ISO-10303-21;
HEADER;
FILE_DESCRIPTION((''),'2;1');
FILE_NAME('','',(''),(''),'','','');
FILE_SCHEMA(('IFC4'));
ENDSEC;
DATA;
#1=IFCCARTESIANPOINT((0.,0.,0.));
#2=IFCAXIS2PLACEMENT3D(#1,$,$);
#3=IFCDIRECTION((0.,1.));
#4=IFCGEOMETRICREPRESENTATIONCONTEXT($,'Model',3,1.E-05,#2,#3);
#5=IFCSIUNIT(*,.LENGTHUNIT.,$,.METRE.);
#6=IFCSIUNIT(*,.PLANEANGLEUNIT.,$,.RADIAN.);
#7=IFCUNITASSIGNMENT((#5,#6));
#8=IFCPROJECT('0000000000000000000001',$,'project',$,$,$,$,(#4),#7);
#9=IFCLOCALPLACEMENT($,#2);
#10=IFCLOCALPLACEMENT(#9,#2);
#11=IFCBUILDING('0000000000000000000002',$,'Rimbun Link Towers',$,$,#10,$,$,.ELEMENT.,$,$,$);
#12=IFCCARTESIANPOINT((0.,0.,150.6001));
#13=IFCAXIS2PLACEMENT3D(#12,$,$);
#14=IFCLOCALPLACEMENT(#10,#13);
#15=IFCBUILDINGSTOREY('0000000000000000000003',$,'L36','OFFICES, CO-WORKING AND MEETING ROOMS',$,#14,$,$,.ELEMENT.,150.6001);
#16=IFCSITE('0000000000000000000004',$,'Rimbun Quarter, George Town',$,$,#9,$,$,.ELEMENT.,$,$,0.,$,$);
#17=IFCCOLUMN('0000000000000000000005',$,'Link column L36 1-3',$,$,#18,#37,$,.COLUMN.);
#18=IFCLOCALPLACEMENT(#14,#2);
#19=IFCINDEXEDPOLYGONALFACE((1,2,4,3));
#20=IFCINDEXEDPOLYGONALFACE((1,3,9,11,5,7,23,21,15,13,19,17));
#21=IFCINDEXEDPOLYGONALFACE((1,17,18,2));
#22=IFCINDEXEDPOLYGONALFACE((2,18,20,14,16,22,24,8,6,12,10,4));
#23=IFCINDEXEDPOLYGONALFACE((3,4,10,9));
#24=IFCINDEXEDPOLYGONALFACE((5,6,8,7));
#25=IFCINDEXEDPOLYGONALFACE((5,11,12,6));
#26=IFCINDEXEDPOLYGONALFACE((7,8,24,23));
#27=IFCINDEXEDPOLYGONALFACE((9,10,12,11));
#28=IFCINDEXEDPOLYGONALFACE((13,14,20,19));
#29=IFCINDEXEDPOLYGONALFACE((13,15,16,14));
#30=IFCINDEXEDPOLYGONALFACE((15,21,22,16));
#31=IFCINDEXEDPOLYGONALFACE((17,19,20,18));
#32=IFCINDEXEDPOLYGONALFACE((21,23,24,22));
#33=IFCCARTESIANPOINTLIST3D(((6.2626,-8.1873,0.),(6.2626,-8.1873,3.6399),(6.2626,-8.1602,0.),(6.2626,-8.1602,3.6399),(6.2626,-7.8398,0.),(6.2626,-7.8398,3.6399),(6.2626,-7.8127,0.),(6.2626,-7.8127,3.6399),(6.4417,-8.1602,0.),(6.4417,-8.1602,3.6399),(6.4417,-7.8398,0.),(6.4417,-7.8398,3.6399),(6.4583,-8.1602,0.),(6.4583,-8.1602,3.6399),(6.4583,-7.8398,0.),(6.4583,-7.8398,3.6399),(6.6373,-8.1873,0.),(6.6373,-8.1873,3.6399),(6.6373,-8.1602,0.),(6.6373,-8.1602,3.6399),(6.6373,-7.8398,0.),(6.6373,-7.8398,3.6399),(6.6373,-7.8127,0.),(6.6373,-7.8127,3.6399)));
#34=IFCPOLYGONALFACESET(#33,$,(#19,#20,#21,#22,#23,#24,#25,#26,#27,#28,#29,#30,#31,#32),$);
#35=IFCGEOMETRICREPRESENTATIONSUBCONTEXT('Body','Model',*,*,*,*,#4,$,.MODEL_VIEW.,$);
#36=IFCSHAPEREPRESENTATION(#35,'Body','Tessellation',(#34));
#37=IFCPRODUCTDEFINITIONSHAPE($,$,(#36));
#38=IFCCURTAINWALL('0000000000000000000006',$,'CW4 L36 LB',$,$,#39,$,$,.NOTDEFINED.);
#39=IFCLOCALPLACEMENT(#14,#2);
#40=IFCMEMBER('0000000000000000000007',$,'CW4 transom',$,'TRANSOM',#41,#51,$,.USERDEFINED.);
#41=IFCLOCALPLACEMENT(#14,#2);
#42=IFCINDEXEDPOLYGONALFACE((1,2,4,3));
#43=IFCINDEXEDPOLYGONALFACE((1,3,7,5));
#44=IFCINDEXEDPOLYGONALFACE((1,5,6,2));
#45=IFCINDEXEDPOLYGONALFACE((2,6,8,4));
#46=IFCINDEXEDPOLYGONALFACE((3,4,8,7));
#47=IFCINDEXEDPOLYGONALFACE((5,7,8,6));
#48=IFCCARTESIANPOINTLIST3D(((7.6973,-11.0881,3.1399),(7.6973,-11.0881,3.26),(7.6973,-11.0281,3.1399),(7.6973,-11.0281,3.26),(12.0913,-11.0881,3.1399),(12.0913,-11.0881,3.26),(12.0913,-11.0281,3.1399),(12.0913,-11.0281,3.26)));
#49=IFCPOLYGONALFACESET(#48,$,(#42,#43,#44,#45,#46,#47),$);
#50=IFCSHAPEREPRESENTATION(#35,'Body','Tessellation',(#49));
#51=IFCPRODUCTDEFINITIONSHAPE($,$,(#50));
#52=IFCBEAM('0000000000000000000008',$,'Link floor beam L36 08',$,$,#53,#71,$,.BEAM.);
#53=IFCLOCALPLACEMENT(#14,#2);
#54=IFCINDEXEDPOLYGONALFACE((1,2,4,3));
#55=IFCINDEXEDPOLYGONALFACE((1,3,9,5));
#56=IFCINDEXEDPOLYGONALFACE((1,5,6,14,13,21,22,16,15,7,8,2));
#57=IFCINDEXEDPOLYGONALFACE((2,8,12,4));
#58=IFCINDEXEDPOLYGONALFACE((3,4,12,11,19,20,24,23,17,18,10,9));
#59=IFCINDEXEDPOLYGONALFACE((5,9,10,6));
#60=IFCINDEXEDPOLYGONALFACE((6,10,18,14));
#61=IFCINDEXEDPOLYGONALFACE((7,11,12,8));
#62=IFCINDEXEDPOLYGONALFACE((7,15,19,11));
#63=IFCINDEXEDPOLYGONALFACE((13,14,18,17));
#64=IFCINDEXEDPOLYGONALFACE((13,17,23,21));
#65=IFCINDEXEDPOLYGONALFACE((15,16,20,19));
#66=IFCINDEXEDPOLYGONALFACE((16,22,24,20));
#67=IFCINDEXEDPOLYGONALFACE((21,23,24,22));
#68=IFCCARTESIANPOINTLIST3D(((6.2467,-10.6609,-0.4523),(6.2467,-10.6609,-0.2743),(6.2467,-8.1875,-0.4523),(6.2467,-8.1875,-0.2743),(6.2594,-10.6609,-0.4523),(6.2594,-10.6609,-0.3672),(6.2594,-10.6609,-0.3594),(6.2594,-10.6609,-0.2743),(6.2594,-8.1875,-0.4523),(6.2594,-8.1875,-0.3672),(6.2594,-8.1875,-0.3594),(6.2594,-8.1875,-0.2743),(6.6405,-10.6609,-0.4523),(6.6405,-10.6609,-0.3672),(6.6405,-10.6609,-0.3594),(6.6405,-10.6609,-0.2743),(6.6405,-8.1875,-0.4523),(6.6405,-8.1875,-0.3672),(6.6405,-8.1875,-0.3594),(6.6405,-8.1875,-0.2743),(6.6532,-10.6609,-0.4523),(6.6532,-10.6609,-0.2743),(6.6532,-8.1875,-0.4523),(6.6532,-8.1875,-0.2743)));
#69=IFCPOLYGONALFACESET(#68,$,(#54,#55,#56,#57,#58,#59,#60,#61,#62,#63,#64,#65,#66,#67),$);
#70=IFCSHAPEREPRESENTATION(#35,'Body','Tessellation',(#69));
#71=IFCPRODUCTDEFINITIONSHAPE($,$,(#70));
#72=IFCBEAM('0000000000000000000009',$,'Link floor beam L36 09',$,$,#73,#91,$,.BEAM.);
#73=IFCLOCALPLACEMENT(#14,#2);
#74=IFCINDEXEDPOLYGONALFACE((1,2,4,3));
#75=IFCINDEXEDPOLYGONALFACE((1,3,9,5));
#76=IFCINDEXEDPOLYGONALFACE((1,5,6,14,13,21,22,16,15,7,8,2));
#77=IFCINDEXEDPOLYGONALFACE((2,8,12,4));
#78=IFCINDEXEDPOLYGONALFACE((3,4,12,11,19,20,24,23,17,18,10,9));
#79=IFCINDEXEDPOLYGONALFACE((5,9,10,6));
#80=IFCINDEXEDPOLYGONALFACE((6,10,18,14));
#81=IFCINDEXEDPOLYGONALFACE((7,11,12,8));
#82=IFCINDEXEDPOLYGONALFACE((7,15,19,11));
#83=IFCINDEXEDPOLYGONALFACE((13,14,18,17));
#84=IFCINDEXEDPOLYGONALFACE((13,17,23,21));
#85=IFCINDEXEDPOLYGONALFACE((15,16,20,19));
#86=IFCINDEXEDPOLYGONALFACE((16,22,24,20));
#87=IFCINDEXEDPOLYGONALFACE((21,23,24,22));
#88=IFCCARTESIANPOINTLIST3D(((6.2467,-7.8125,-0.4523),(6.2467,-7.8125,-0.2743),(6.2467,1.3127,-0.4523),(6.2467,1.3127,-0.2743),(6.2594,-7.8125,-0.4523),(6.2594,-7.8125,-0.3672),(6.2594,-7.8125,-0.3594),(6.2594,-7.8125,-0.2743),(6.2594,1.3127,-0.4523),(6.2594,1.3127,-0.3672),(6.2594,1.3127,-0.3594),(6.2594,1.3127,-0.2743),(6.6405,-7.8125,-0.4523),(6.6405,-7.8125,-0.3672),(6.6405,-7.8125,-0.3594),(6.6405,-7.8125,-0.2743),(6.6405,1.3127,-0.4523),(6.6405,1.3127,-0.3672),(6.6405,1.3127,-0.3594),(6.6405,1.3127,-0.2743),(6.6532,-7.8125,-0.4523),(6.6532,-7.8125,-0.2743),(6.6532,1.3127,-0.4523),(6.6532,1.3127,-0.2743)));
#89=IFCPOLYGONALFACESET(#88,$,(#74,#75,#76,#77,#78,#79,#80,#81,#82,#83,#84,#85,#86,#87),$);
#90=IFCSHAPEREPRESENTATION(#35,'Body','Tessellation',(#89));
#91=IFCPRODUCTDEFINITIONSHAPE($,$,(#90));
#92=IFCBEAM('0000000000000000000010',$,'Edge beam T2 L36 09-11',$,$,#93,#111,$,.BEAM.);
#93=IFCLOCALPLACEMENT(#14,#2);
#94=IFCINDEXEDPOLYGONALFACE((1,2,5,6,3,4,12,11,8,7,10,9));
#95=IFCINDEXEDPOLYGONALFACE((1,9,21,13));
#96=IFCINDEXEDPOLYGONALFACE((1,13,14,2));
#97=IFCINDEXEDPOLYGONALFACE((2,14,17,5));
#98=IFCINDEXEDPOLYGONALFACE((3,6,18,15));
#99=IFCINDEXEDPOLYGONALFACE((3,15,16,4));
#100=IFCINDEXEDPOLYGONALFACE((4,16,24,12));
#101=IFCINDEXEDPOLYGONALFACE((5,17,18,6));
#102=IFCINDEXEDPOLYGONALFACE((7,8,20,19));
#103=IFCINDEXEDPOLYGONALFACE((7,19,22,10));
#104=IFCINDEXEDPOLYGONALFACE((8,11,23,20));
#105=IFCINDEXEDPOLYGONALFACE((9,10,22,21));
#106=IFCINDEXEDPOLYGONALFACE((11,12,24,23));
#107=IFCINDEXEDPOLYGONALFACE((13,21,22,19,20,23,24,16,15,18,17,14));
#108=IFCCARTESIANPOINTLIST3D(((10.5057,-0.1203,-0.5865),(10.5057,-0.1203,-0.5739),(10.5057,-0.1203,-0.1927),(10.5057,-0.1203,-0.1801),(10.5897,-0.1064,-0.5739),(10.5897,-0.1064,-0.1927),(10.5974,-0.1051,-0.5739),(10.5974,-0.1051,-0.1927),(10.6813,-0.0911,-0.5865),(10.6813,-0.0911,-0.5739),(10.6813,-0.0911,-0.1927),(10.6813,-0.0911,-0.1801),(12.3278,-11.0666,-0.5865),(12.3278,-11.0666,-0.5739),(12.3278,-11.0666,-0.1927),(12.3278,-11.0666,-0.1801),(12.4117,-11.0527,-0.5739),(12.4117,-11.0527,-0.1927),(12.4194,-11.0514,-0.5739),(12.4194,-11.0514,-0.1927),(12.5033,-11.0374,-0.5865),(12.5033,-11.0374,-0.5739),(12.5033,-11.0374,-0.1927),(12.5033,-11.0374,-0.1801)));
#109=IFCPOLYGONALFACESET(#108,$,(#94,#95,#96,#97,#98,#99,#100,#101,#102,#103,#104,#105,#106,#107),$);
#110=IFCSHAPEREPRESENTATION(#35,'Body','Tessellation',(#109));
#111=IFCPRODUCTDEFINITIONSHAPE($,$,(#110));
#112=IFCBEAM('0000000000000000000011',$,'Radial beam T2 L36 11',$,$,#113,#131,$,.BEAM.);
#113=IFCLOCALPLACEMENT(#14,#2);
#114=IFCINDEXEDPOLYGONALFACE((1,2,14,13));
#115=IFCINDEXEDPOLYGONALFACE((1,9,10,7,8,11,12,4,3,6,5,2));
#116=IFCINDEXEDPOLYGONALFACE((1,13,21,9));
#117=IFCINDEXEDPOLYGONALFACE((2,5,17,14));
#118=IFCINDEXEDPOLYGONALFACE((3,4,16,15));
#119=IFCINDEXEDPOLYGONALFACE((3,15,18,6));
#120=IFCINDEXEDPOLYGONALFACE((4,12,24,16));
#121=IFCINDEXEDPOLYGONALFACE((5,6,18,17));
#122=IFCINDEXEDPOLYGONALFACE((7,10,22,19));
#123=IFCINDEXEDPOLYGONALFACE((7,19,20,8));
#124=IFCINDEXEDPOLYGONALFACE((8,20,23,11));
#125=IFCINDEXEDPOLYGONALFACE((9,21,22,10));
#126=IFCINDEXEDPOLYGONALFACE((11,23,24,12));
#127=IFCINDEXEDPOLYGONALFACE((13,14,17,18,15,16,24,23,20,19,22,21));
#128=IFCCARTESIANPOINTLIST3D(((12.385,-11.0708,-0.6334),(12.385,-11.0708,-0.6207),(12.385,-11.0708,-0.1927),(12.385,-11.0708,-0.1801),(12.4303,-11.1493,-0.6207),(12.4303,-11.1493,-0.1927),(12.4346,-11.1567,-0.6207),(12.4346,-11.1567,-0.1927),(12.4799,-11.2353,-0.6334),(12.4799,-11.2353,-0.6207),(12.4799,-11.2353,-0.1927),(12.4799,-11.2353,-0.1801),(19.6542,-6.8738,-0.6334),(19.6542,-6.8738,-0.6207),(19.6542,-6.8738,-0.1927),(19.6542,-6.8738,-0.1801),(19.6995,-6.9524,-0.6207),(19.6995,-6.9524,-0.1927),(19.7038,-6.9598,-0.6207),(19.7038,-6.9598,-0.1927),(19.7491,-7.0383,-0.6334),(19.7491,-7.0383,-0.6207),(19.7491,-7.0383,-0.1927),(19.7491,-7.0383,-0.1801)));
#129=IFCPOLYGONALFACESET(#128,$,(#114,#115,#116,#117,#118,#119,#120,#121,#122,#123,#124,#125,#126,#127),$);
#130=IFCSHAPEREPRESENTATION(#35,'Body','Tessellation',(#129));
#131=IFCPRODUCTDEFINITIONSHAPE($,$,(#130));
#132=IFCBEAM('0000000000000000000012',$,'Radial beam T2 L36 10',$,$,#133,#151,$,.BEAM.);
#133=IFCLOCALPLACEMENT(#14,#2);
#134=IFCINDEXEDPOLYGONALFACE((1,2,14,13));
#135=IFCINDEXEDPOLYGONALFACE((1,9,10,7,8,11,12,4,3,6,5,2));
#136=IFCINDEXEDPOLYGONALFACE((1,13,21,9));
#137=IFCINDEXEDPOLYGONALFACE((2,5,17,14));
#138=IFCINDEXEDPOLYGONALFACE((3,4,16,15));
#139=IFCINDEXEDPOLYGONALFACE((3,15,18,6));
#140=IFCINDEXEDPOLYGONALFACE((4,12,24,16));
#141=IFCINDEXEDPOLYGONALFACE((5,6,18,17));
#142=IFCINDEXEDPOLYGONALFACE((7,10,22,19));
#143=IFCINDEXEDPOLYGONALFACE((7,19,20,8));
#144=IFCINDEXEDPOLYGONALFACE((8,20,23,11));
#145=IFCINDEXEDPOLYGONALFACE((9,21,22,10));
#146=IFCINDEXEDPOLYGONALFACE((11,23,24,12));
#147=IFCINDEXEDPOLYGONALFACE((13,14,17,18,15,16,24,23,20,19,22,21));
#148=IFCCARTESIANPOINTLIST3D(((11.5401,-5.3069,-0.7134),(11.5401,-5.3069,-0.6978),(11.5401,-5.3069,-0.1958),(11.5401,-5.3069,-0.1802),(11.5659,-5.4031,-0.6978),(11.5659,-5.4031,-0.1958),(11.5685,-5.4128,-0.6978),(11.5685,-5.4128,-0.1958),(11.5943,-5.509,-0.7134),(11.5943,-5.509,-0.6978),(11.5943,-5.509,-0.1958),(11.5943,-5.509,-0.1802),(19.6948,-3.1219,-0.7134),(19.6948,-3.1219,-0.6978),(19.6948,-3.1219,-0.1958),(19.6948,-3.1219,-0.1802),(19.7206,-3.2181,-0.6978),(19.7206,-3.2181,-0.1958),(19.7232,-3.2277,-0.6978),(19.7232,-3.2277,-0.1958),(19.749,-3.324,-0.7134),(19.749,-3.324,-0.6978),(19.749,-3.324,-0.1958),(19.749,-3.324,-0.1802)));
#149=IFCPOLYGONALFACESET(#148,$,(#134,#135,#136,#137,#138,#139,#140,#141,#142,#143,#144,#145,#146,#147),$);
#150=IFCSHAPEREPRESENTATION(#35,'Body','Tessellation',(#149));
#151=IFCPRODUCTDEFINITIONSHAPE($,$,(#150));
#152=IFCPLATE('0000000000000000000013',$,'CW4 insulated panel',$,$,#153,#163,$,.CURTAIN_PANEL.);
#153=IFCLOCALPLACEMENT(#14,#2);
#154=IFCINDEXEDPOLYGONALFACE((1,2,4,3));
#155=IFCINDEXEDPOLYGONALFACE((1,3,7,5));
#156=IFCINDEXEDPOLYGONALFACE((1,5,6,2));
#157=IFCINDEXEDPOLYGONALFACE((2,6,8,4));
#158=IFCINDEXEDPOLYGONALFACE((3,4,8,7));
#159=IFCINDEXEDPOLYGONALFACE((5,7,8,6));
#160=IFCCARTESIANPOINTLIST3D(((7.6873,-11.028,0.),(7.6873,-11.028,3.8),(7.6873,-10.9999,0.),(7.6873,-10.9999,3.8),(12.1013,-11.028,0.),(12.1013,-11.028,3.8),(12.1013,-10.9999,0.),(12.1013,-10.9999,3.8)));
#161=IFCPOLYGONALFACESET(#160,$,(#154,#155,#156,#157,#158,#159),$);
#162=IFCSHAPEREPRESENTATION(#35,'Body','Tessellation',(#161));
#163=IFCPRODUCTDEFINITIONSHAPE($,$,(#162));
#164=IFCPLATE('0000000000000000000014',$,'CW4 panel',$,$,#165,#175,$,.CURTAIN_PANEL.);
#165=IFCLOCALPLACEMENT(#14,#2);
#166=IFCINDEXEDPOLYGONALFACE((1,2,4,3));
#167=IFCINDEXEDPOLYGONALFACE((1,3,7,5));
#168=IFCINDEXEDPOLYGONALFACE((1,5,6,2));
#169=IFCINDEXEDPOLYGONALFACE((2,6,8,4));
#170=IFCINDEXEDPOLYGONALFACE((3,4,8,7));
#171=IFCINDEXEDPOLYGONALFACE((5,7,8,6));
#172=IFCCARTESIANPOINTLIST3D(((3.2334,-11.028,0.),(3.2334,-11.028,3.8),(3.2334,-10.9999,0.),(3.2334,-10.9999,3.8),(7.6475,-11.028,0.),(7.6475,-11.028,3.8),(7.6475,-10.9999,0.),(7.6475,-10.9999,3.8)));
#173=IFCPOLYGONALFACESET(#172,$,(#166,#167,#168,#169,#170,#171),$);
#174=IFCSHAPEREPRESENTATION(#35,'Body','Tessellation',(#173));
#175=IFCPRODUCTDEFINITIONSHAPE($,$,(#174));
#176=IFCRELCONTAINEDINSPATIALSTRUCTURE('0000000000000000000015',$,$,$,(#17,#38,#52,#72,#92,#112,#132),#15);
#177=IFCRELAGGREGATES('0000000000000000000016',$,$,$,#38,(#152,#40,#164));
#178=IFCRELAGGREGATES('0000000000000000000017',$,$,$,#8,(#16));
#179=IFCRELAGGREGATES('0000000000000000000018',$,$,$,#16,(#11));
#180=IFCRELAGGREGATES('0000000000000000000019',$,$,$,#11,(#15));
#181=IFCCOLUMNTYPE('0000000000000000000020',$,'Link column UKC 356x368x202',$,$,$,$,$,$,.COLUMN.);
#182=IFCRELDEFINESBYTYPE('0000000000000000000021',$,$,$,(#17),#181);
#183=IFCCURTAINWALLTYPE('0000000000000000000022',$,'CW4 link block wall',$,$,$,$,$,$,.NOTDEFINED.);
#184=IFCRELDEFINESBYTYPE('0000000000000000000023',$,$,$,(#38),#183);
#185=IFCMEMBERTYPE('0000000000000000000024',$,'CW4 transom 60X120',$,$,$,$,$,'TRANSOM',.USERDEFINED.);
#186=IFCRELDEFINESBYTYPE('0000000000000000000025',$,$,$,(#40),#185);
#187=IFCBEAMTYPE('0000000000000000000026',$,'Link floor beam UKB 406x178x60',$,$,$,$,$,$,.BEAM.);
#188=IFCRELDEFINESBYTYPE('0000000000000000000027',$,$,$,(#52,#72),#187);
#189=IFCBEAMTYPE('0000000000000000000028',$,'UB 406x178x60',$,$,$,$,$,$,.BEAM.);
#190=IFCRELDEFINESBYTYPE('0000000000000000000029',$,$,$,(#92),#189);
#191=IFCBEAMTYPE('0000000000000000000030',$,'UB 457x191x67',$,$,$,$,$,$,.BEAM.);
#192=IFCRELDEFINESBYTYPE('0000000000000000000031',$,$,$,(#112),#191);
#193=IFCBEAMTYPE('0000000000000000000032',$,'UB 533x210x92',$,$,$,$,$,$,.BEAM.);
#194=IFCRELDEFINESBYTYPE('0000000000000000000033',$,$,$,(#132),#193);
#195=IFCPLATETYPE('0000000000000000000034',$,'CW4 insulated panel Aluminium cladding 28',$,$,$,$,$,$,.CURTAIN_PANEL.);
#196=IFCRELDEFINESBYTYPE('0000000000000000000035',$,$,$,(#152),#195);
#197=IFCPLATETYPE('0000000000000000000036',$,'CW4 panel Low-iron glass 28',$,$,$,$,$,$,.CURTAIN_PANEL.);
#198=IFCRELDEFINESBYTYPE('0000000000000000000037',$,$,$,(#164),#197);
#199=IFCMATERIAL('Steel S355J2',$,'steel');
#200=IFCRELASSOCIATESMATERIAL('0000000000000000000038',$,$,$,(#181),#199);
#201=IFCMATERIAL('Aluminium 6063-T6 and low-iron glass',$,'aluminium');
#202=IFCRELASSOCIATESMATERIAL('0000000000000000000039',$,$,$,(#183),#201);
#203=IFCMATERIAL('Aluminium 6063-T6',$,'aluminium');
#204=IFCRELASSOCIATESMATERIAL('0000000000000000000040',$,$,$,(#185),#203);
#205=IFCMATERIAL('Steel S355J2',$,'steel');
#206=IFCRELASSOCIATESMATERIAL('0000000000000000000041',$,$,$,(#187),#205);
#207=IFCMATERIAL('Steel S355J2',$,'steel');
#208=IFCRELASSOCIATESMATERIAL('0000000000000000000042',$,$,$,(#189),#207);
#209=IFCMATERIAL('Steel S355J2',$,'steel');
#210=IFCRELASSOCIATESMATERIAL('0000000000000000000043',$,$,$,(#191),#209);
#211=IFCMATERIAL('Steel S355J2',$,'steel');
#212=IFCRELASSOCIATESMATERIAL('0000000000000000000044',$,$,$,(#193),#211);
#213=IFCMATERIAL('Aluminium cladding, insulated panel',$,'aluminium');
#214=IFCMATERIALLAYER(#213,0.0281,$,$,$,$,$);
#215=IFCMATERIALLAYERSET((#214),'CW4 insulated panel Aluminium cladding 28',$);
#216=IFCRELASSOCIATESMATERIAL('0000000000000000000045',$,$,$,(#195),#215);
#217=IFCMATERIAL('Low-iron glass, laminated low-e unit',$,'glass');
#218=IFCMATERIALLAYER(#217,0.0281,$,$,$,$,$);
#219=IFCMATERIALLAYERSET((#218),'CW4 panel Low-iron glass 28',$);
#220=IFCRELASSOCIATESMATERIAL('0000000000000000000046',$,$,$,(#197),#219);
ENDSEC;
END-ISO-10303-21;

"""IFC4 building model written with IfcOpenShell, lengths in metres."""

from ifc_helpers import new_model, si_unit, direction, frame, origin, origin_2d, place, context, subcontext, project, spatial, rectangle, i_section, extrude, material, layer, layer_set, material_profile, profile_set, type_object, element, aggregate, save


model = new_model("IFC4")

# Units and contexts
model_context = context("Model", 3, precision=1e-05, world=origin(), true_north=direction((0.0, 1.0)))
body_context = subcontext(model_context, "Body", "Model", "MODEL_VIEW")
ifc_project = project(units=[si_unit("LENGTHUNIT", "METRE"), si_unit("PLANEANGLEUNIT", "RADIAN")], contexts=[model_context])

# Site, building, storey
site_placement = place(None, origin())
site = spatial("IfcSite", under=ifc_project, at=site_placement, Name="Rimbun Quarter, George Town", CompositionType="ELEMENT", RefElevation=0.0)
building_placement = place(site_placement, origin())
building = spatial("IfcBuilding", under=site, at=building_placement, Name="Rimbun Link Towers", CompositionType="ELEMENT")
storey_placement = place(building_placement, frame((0.0, 0.0, 150.6001)))
storey = spatial("IfcBuildingStorey", under=building, at=storey_placement, Name="L36", Description="OFFICES, CO-WORKING AND MEETING ROOMS", CompositionType="ELEMENT", Elevation=150.6001)

# Column
ifc_material_1 = material(Name="Steel S355J2", Category="steel")
ifc_material_profile_1 = material_profile(ifc_material_1, i_section(OverallWidth=0.3748, OverallDepth=0.3745, WebThickness=0.0166, FlangeThickness=0.0271, at=origin_2d()), Name="UKC 356x368x202")
ifc_profile_set_1 = profile_set([ifc_material_profile_1], Name="Steel S355J2")
column_type = type_object("IfcColumnType", Name="Link column UKC 356x368x202", PredefinedType="COLUMN", material=ifc_profile_set_1)
column_placement = place(storey_placement, frame((6.45, -8.0, 0.0), z_axis=(0.0, 0.0, 1.0), x_axis=(1.0, 0.0, 0.0)))
element("IfcColumn", 1, at=column_placement, inside=storey, type_object=column_type, Name="Link column L36 1-3", PredefinedType="COLUMN", context=body_context, shape_type="SweptSolid", body=[
    extrude(i_section(OverallWidth=0.3748, OverallDepth=0.3745, WebThickness=0.0166, FlangeThickness=0.0271, at=origin_2d()), origin(), (0.0, 0.0, 1.0), 3.6399),
])

# Curtain wall, member
ifc_material_2 = material(Name="Aluminium 6063-T6 and low-iron glass", Category="aluminium")
curtain_wall_type = type_object("IfcCurtainWallType", Name="CW4 link block wall", PredefinedType="NOTDEFINED", material=ifc_material_2)
curtain_wall_placement = place(storey_placement, origin())
curtain_wall = element("IfcCurtainWall", 2, at=curtain_wall_placement, inside=storey, type_object=curtain_wall_type, Name="CW4 L36 LB", PredefinedType="NOTDEFINED")
ifc_material_3 = material(Name="Aluminium 6063-T6", Category="aluminium")
ifc_material_profile_2 = material_profile(ifc_material_3, rectangle(XDim=0.0601, YDim=0.1201, at=origin_2d()), Name="TRANSOM 60X120")
ifc_profile_set_2 = profile_set([ifc_material_profile_2], Name="Aluminium 6063-T6")
member_type = type_object("IfcMemberType", Name="CW4 transom 60X120", ElementType="TRANSOM", PredefinedType="USERDEFINED", material=ifc_profile_set_2)
member_placement = place(storey_placement, frame((12.0913, -11.0581, 3.2), z_axis=(-1.0, 0.0, 0.0), x_axis=(0.0, -1.0, 0.0)))
member = element("IfcMember", 3, at=member_placement, type_object=member_type, Name="CW4 transom", ObjectType="TRANSOM", PredefinedType="USERDEFINED", context=body_context, shape_type="SweptSolid", body=[
    extrude(rectangle(XDim=0.0601, YDim=0.1201, at=origin_2d()), origin(), (0.0, 0.0, 1.0), 4.394),
])

# Beams
ifc_material_4 = material(Name="Steel S355J2", Category="steel")
ifc_material_profile_3 = material_profile(ifc_material_4, i_section(OverallWidth=0.178, OverallDepth=0.4065, WebThickness=0.0078, FlangeThickness=0.0127, at=origin_2d()), Name="UKB 406x178x60")
ifc_profile_set_3 = profile_set([ifc_material_profile_3], Name="Steel S355J2")
beam_type_1 = type_object("IfcBeamType", Name="Link floor beam UKB 406x178x60", PredefinedType="BEAM", material=ifc_profile_set_3)
beam_1_placement = place(storey_placement, frame((6.45, -10.6609, -0.3633), z_axis=(0.0, 1.0, 0.0), x_axis=(0.0, 0.0, 1.0)))
element("IfcBeam", 4, at=beam_1_placement, inside=storey, type_object=beam_type_1, Name="Link floor beam L36 08", PredefinedType="BEAM", context=body_context, shape_type="SweptSolid", body=[
    extrude(i_section(OverallWidth=0.178, OverallDepth=0.4065, WebThickness=0.0078, FlangeThickness=0.0127, at=origin_2d()), origin(), (0.0, 0.0, 1.0), 2.4734),
])
beam_2_placement = place(storey_placement, frame((6.45, -7.8125, -0.3633), z_axis=(0.0, 1.0, 0.0), x_axis=(0.0, 0.0, 1.0)))
element("IfcBeam", 5, at=beam_2_placement, inside=storey, type_object=beam_type_1, Name="Link floor beam L36 09", PredefinedType="BEAM", context=body_context, shape_type="SweptSolid", body=[
    extrude(i_section(OverallWidth=0.178, OverallDepth=0.4065, WebThickness=0.0078, FlangeThickness=0.0127, at=origin_2d()), origin(), (0.0, 0.0, 1.0), 9.1252),
])
ifc_material_5 = material(Name="Steel S355J2", Category="steel")
ifc_material_profile_4 = material_profile(ifc_material_5, i_section(OverallWidth=0.178, OverallDepth=0.4065, WebThickness=0.0078, FlangeThickness=0.0127, at=origin_2d()), Name="UB 406x178x60")
ifc_profile_set_4 = profile_set([ifc_material_profile_4], Name="Steel S355J2")
beam_type_2 = type_object("IfcBeamType", Name="UB 406x178x60", PredefinedType="BEAM", material=ifc_profile_set_4)
beam_3_placement = place(storey_placement, frame((10.5935, -0.1057, -0.3833), z_axis=(0.164192, -0.986428, 0.0), x_axis=(0.986428, 0.164192, 0.0)))
element("IfcBeam", 6, at=beam_3_placement, inside=storey, type_object=beam_type_2, Name="Edge beam T2 L36 09-11", PredefinedType="BEAM", context=body_context, shape_type="SweptSolid", body=[
    extrude(i_section(OverallWidth=0.178, OverallDepth=0.4065, WebThickness=0.0078, FlangeThickness=0.0127, at=origin_2d()), origin(), (0.0, 0.0, 1.0), 11.0969),
])
ifc_material_6 = material(Name="Steel S355J2", Category="steel")
ifc_material_profile_5 = material_profile(ifc_material_6, i_section(OverallWidth=0.1899, OverallDepth=0.4534, WebThickness=0.0085, FlangeThickness=0.0127, at=origin_2d()), Name="UB 457x191x67")
ifc_profile_set_5 = profile_set([ifc_material_profile_5], Name="Steel S355J2")
beam_type_3 = type_object("IfcBeamType", Name="UB 457x191x67", PredefinedType="BEAM", material=ifc_profile_set_5)
beam_4_placement = place(storey_placement, frame((19.7017, -6.9561, -0.4067), z_axis=(-0.86602, -0.500009, 0.0), x_axis=(0.500009, -0.86602, 0.0)))
element("IfcBeam", 7, at=beam_4_placement, inside=storey, type_object=beam_type_3, Name="Radial beam T2 L36 11", PredefinedType="BEAM", context=body_context, shape_type="SweptSolid", body=[
    extrude(i_section(OverallWidth=0.1899, OverallDepth=0.4534, WebThickness=0.0085, FlangeThickness=0.0127, at=origin_2d()), origin(), (0.0, 0.0, 1.0), 8.3938),
])
ifc_material_7 = material(Name="Steel S355J2", Category="steel")
ifc_material_profile_6 = material_profile(ifc_material_7, i_section(OverallWidth=0.2092, OverallDepth=0.5332, WebThickness=0.01, FlangeThickness=0.0156, at=origin_2d()), Name="UB 533x210x92")
ifc_profile_set_6 = profile_set([ifc_material_profile_6], Name="Steel S355J2")
beam_type_4 = type_object("IfcBeamType", Name="UB 533x210x92", PredefinedType="BEAM", material=ifc_profile_set_6)
beam_5_placement = place(storey_placement, frame((19.7219, -3.2229, -0.4468), z_axis=(-0.965926, -0.258818, 0.0), x_axis=(0.258818, -0.965926, 0.0)))
element("IfcBeam", 8, at=beam_5_placement, inside=storey, type_object=beam_type_4, Name="Radial beam T2 L36 10", PredefinedType="BEAM", context=body_context, shape_type="SweptSolid", body=[
    extrude(i_section(OverallWidth=0.2092, OverallDepth=0.5332, WebThickness=0.01, FlangeThickness=0.0156, at=origin_2d()), origin(), (0.0, 0.0, 1.0), 8.4424),
])

# Plates
ifc_material_8 = material(Name="Aluminium cladding, insulated panel", Category="aluminium")
ifc_layer_1 = layer(ifc_material_8, 0.0281)
ifc_layer_set_1 = layer_set([ifc_layer_1], Name="CW4 insulated panel Aluminium cladding 28")
plate_type_1 = type_object("IfcPlateType", Name="CW4 insulated panel Aluminium cladding 28", PredefinedType="CURTAIN_PANEL", material=ifc_layer_set_1)
plate_1_placement = place(storey_placement, frame((9.8943, -11.0139, 0.0), z_axis=(0.0, 0.0, 1.0), x_axis=(-1.0, 0.0, 0.0)))
plate_1 = element("IfcPlate", 9, at=plate_1_placement, type_object=plate_type_1, Name="CW4 insulated panel", PredefinedType="CURTAIN_PANEL", context=body_context, shape_type="SweptSolid", body=[
    extrude(rectangle(XDim=4.4141, YDim=0.0281, at=origin_2d()), origin(), (0.0, 0.0, 1.0), 3.8),
])
ifc_material_9 = material(Name="Low-iron glass, laminated low-e unit", Category="glass")
ifc_layer_2 = layer(ifc_material_9, 0.0281)
ifc_layer_set_2 = layer_set([ifc_layer_2], Name="CW4 panel Low-iron glass 28")
plate_type_2 = type_object("IfcPlateType", Name="CW4 panel Low-iron glass 28", PredefinedType="CURTAIN_PANEL", material=ifc_layer_set_2)
plate_2_placement = place(storey_placement, frame((5.4404, -11.0139, 0.0), z_axis=(0.0, 0.0, 1.0), x_axis=(-1.0, 0.0, 0.0)))
plate_2 = element("IfcPlate", 10, at=plate_2_placement, type_object=plate_type_2, Name="CW4 panel", PredefinedType="CURTAIN_PANEL", context=body_context, shape_type="SweptSolid", body=[
    extrude(rectangle(XDim=4.4141, YDim=0.0281, at=origin_2d()), origin(), (0.0, 0.0, 1.0), 3.8),
])
aggregate(curtain_wall, [plate_1, member, plate_2])

save(model, "model.ifc")
